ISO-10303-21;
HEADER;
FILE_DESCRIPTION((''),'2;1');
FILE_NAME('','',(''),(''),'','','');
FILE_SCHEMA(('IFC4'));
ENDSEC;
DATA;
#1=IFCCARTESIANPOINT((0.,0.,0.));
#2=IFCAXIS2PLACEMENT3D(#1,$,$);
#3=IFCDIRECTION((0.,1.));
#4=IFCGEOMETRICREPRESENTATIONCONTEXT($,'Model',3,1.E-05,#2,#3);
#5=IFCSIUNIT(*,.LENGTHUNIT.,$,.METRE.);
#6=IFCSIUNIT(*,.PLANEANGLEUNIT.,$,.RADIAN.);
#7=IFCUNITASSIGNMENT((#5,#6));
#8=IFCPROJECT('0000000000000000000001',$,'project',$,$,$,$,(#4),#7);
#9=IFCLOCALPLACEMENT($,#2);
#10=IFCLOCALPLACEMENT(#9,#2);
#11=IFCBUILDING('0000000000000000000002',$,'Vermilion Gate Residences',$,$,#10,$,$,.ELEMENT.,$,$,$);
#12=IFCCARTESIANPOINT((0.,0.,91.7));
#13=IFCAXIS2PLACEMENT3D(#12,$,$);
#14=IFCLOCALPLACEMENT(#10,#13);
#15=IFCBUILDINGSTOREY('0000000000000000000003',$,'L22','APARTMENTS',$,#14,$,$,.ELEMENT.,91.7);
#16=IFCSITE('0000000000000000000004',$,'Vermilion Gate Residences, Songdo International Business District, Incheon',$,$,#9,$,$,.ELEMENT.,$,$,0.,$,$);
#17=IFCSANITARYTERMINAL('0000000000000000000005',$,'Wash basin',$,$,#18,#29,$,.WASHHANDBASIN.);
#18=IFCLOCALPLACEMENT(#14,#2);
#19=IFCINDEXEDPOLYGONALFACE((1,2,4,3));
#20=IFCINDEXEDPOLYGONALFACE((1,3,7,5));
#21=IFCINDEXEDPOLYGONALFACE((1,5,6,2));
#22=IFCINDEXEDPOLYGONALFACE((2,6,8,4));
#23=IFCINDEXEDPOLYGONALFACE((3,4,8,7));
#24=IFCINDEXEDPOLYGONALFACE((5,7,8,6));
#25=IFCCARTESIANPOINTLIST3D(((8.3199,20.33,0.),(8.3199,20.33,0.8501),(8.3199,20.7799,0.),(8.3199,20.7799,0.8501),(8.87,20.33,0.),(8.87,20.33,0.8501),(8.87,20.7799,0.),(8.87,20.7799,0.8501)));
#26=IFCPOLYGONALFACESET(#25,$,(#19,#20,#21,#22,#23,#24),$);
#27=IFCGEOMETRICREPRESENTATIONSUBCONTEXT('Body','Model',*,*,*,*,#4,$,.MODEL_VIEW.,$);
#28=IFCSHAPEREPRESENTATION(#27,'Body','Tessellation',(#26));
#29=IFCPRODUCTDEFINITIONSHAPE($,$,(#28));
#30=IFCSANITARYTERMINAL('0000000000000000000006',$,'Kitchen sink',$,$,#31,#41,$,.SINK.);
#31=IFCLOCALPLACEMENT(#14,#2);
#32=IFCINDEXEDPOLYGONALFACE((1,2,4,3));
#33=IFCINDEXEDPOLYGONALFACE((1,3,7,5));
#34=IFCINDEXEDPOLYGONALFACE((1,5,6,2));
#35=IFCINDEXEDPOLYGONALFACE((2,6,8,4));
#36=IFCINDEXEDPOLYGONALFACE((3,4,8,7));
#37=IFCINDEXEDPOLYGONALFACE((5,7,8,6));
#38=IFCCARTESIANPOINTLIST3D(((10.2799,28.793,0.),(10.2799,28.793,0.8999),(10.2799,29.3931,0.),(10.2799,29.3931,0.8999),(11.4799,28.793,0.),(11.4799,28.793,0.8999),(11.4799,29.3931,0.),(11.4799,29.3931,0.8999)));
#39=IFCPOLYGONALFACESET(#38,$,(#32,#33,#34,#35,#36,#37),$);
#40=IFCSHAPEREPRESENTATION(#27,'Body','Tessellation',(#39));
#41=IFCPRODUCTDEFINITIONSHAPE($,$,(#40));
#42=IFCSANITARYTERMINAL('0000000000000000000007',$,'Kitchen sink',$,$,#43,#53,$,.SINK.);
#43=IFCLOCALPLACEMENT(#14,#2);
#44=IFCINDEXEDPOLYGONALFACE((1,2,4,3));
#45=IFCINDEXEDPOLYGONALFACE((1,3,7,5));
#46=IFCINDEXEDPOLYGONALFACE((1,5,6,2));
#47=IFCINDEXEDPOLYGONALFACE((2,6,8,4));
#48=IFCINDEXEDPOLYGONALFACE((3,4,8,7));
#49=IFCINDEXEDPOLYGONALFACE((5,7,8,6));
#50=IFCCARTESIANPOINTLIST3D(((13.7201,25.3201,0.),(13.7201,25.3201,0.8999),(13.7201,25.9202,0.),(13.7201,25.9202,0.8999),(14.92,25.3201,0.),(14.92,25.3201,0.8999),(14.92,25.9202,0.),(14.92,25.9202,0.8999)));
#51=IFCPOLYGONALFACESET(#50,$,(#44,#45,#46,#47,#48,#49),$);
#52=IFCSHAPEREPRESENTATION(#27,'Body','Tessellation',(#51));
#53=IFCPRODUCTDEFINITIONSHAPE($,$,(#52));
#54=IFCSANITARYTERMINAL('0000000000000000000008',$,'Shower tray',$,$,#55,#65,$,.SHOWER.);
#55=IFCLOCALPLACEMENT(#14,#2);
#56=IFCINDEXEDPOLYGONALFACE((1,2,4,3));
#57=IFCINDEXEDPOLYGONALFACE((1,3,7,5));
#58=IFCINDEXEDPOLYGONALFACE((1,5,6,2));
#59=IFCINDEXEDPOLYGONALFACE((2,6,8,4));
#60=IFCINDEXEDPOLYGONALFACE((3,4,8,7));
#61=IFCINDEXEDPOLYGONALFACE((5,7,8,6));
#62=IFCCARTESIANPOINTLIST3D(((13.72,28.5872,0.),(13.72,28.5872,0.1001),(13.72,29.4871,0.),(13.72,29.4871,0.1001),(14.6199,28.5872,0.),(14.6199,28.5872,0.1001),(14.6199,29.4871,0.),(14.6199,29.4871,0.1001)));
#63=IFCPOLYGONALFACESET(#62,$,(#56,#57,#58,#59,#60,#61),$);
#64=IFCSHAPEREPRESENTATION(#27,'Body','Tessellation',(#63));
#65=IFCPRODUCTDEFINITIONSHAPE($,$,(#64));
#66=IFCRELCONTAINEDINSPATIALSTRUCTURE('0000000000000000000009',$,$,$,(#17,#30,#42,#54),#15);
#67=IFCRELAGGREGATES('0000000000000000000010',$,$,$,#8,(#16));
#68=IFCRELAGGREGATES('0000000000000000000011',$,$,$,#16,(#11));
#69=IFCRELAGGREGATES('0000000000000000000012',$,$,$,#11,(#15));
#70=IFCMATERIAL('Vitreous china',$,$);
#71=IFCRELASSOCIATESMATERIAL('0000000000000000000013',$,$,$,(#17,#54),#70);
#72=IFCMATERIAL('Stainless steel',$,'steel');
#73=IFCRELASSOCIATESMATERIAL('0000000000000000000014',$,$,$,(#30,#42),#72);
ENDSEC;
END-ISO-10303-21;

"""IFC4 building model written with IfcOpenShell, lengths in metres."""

from ifc_helpers import new_model, si_unit, direction, frame, origin, origin_2d, place, context, subcontext, project, spatial, rectangle, extrude, material, element, save


model = new_model("IFC4")

# Units and contexts
model_context = context("Model", 3, precision=1e-05, world=origin(), true_north=direction((0.0, 1.0)))
body_context = subcontext(model_context, "Body", "Model", "MODEL_VIEW")
ifc_project = project(units=[si_unit("LENGTHUNIT", "METRE"), si_unit("PLANEANGLEUNIT", "RADIAN")], contexts=[model_context])

# Site, building, storey
site_placement = place(None, origin())
site = spatial("IfcSite", under=ifc_project, at=site_placement, Name="Vermilion Gate Residences, Songdo International Business District, Incheon", CompositionType="ELEMENT", RefElevation=0.0)
building_placement = place(site_placement, origin())
building = spatial("IfcBuilding", under=site, at=building_placement, Name="Vermilion Gate Residences", CompositionType="ELEMENT")
storey_placement = place(building_placement, frame((0.0, 0.0, 91.7)))
storey = spatial("IfcBuildingStorey", under=building, at=storey_placement, Name="L22", Description="APARTMENTS", CompositionType="ELEMENT", Elevation=91.7)

# Sanitary terminals
ifc_material_1 = material(Name="Vitreous china")
sanitary_terminal_1_placement = place(storey_placement, frame((8.595, 20.5549, 0.0), z_axis=(0.0, 0.0, 1.0), x_axis=(1.0, 0.0, 0.0)))
element("IfcSanitaryTerminal", 1, at=sanitary_terminal_1_placement, inside=storey, material=ifc_material_1, Name="Wash basin", PredefinedType="WASHHANDBASIN", context=body_context, shape_type="SweptSolid", body=[
    extrude(rectangle(XDim=0.55, YDim=0.45, at=origin_2d()), origin(), (0.0, 0.0, 1.0), 0.8501),
])
ifc_material_2 = material(Name="Stainless steel", Category="steel")
for number, where, z_axis, x_axis, name in (
    (2, (10.8799, 29.093, 0.0), (0.0, 0.0, 1.0), (1.0, 0.0, 0.0), "Kitchen sink"),
    (3, (14.3201, 25.6201, 0.0), (0.0, 0.0, 1.0), (1.0, 0.0, 0.0), "Kitchen sink"),
):
    element("IfcSanitaryTerminal", number, at=place(storey_placement, frame(where, z_axis=z_axis, x_axis=x_axis)), inside=storey, material=ifc_material_2, Name=name, PredefinedType="SINK", context=body_context, shape_type="SweptSolid", body=[
        extrude(rectangle(XDim=1.2, YDim=0.6001, at=origin_2d()), origin(), (0.0, 0.0, 1.0), 0.8999),
    ])
sanitary_terminal_2_placement = place(storey_placement, frame((14.1699, 29.0371, 0.0), z_axis=(0.0, 0.0, 1.0), x_axis=(1.0, 0.0, 0.0)))
element("IfcSanitaryTerminal", 4, at=sanitary_terminal_2_placement, inside=storey, material=ifc_material_1, Name="Shower tray", PredefinedType="SHOWER", context=body_context, shape_type="SweptSolid", body=[
    extrude(rectangle(XDim=0.8999, YDim=0.8999, at=origin_2d()), origin(), (0.0, 0.0, 1.0), 0.1001),
])

save(model, "model.ifc")
